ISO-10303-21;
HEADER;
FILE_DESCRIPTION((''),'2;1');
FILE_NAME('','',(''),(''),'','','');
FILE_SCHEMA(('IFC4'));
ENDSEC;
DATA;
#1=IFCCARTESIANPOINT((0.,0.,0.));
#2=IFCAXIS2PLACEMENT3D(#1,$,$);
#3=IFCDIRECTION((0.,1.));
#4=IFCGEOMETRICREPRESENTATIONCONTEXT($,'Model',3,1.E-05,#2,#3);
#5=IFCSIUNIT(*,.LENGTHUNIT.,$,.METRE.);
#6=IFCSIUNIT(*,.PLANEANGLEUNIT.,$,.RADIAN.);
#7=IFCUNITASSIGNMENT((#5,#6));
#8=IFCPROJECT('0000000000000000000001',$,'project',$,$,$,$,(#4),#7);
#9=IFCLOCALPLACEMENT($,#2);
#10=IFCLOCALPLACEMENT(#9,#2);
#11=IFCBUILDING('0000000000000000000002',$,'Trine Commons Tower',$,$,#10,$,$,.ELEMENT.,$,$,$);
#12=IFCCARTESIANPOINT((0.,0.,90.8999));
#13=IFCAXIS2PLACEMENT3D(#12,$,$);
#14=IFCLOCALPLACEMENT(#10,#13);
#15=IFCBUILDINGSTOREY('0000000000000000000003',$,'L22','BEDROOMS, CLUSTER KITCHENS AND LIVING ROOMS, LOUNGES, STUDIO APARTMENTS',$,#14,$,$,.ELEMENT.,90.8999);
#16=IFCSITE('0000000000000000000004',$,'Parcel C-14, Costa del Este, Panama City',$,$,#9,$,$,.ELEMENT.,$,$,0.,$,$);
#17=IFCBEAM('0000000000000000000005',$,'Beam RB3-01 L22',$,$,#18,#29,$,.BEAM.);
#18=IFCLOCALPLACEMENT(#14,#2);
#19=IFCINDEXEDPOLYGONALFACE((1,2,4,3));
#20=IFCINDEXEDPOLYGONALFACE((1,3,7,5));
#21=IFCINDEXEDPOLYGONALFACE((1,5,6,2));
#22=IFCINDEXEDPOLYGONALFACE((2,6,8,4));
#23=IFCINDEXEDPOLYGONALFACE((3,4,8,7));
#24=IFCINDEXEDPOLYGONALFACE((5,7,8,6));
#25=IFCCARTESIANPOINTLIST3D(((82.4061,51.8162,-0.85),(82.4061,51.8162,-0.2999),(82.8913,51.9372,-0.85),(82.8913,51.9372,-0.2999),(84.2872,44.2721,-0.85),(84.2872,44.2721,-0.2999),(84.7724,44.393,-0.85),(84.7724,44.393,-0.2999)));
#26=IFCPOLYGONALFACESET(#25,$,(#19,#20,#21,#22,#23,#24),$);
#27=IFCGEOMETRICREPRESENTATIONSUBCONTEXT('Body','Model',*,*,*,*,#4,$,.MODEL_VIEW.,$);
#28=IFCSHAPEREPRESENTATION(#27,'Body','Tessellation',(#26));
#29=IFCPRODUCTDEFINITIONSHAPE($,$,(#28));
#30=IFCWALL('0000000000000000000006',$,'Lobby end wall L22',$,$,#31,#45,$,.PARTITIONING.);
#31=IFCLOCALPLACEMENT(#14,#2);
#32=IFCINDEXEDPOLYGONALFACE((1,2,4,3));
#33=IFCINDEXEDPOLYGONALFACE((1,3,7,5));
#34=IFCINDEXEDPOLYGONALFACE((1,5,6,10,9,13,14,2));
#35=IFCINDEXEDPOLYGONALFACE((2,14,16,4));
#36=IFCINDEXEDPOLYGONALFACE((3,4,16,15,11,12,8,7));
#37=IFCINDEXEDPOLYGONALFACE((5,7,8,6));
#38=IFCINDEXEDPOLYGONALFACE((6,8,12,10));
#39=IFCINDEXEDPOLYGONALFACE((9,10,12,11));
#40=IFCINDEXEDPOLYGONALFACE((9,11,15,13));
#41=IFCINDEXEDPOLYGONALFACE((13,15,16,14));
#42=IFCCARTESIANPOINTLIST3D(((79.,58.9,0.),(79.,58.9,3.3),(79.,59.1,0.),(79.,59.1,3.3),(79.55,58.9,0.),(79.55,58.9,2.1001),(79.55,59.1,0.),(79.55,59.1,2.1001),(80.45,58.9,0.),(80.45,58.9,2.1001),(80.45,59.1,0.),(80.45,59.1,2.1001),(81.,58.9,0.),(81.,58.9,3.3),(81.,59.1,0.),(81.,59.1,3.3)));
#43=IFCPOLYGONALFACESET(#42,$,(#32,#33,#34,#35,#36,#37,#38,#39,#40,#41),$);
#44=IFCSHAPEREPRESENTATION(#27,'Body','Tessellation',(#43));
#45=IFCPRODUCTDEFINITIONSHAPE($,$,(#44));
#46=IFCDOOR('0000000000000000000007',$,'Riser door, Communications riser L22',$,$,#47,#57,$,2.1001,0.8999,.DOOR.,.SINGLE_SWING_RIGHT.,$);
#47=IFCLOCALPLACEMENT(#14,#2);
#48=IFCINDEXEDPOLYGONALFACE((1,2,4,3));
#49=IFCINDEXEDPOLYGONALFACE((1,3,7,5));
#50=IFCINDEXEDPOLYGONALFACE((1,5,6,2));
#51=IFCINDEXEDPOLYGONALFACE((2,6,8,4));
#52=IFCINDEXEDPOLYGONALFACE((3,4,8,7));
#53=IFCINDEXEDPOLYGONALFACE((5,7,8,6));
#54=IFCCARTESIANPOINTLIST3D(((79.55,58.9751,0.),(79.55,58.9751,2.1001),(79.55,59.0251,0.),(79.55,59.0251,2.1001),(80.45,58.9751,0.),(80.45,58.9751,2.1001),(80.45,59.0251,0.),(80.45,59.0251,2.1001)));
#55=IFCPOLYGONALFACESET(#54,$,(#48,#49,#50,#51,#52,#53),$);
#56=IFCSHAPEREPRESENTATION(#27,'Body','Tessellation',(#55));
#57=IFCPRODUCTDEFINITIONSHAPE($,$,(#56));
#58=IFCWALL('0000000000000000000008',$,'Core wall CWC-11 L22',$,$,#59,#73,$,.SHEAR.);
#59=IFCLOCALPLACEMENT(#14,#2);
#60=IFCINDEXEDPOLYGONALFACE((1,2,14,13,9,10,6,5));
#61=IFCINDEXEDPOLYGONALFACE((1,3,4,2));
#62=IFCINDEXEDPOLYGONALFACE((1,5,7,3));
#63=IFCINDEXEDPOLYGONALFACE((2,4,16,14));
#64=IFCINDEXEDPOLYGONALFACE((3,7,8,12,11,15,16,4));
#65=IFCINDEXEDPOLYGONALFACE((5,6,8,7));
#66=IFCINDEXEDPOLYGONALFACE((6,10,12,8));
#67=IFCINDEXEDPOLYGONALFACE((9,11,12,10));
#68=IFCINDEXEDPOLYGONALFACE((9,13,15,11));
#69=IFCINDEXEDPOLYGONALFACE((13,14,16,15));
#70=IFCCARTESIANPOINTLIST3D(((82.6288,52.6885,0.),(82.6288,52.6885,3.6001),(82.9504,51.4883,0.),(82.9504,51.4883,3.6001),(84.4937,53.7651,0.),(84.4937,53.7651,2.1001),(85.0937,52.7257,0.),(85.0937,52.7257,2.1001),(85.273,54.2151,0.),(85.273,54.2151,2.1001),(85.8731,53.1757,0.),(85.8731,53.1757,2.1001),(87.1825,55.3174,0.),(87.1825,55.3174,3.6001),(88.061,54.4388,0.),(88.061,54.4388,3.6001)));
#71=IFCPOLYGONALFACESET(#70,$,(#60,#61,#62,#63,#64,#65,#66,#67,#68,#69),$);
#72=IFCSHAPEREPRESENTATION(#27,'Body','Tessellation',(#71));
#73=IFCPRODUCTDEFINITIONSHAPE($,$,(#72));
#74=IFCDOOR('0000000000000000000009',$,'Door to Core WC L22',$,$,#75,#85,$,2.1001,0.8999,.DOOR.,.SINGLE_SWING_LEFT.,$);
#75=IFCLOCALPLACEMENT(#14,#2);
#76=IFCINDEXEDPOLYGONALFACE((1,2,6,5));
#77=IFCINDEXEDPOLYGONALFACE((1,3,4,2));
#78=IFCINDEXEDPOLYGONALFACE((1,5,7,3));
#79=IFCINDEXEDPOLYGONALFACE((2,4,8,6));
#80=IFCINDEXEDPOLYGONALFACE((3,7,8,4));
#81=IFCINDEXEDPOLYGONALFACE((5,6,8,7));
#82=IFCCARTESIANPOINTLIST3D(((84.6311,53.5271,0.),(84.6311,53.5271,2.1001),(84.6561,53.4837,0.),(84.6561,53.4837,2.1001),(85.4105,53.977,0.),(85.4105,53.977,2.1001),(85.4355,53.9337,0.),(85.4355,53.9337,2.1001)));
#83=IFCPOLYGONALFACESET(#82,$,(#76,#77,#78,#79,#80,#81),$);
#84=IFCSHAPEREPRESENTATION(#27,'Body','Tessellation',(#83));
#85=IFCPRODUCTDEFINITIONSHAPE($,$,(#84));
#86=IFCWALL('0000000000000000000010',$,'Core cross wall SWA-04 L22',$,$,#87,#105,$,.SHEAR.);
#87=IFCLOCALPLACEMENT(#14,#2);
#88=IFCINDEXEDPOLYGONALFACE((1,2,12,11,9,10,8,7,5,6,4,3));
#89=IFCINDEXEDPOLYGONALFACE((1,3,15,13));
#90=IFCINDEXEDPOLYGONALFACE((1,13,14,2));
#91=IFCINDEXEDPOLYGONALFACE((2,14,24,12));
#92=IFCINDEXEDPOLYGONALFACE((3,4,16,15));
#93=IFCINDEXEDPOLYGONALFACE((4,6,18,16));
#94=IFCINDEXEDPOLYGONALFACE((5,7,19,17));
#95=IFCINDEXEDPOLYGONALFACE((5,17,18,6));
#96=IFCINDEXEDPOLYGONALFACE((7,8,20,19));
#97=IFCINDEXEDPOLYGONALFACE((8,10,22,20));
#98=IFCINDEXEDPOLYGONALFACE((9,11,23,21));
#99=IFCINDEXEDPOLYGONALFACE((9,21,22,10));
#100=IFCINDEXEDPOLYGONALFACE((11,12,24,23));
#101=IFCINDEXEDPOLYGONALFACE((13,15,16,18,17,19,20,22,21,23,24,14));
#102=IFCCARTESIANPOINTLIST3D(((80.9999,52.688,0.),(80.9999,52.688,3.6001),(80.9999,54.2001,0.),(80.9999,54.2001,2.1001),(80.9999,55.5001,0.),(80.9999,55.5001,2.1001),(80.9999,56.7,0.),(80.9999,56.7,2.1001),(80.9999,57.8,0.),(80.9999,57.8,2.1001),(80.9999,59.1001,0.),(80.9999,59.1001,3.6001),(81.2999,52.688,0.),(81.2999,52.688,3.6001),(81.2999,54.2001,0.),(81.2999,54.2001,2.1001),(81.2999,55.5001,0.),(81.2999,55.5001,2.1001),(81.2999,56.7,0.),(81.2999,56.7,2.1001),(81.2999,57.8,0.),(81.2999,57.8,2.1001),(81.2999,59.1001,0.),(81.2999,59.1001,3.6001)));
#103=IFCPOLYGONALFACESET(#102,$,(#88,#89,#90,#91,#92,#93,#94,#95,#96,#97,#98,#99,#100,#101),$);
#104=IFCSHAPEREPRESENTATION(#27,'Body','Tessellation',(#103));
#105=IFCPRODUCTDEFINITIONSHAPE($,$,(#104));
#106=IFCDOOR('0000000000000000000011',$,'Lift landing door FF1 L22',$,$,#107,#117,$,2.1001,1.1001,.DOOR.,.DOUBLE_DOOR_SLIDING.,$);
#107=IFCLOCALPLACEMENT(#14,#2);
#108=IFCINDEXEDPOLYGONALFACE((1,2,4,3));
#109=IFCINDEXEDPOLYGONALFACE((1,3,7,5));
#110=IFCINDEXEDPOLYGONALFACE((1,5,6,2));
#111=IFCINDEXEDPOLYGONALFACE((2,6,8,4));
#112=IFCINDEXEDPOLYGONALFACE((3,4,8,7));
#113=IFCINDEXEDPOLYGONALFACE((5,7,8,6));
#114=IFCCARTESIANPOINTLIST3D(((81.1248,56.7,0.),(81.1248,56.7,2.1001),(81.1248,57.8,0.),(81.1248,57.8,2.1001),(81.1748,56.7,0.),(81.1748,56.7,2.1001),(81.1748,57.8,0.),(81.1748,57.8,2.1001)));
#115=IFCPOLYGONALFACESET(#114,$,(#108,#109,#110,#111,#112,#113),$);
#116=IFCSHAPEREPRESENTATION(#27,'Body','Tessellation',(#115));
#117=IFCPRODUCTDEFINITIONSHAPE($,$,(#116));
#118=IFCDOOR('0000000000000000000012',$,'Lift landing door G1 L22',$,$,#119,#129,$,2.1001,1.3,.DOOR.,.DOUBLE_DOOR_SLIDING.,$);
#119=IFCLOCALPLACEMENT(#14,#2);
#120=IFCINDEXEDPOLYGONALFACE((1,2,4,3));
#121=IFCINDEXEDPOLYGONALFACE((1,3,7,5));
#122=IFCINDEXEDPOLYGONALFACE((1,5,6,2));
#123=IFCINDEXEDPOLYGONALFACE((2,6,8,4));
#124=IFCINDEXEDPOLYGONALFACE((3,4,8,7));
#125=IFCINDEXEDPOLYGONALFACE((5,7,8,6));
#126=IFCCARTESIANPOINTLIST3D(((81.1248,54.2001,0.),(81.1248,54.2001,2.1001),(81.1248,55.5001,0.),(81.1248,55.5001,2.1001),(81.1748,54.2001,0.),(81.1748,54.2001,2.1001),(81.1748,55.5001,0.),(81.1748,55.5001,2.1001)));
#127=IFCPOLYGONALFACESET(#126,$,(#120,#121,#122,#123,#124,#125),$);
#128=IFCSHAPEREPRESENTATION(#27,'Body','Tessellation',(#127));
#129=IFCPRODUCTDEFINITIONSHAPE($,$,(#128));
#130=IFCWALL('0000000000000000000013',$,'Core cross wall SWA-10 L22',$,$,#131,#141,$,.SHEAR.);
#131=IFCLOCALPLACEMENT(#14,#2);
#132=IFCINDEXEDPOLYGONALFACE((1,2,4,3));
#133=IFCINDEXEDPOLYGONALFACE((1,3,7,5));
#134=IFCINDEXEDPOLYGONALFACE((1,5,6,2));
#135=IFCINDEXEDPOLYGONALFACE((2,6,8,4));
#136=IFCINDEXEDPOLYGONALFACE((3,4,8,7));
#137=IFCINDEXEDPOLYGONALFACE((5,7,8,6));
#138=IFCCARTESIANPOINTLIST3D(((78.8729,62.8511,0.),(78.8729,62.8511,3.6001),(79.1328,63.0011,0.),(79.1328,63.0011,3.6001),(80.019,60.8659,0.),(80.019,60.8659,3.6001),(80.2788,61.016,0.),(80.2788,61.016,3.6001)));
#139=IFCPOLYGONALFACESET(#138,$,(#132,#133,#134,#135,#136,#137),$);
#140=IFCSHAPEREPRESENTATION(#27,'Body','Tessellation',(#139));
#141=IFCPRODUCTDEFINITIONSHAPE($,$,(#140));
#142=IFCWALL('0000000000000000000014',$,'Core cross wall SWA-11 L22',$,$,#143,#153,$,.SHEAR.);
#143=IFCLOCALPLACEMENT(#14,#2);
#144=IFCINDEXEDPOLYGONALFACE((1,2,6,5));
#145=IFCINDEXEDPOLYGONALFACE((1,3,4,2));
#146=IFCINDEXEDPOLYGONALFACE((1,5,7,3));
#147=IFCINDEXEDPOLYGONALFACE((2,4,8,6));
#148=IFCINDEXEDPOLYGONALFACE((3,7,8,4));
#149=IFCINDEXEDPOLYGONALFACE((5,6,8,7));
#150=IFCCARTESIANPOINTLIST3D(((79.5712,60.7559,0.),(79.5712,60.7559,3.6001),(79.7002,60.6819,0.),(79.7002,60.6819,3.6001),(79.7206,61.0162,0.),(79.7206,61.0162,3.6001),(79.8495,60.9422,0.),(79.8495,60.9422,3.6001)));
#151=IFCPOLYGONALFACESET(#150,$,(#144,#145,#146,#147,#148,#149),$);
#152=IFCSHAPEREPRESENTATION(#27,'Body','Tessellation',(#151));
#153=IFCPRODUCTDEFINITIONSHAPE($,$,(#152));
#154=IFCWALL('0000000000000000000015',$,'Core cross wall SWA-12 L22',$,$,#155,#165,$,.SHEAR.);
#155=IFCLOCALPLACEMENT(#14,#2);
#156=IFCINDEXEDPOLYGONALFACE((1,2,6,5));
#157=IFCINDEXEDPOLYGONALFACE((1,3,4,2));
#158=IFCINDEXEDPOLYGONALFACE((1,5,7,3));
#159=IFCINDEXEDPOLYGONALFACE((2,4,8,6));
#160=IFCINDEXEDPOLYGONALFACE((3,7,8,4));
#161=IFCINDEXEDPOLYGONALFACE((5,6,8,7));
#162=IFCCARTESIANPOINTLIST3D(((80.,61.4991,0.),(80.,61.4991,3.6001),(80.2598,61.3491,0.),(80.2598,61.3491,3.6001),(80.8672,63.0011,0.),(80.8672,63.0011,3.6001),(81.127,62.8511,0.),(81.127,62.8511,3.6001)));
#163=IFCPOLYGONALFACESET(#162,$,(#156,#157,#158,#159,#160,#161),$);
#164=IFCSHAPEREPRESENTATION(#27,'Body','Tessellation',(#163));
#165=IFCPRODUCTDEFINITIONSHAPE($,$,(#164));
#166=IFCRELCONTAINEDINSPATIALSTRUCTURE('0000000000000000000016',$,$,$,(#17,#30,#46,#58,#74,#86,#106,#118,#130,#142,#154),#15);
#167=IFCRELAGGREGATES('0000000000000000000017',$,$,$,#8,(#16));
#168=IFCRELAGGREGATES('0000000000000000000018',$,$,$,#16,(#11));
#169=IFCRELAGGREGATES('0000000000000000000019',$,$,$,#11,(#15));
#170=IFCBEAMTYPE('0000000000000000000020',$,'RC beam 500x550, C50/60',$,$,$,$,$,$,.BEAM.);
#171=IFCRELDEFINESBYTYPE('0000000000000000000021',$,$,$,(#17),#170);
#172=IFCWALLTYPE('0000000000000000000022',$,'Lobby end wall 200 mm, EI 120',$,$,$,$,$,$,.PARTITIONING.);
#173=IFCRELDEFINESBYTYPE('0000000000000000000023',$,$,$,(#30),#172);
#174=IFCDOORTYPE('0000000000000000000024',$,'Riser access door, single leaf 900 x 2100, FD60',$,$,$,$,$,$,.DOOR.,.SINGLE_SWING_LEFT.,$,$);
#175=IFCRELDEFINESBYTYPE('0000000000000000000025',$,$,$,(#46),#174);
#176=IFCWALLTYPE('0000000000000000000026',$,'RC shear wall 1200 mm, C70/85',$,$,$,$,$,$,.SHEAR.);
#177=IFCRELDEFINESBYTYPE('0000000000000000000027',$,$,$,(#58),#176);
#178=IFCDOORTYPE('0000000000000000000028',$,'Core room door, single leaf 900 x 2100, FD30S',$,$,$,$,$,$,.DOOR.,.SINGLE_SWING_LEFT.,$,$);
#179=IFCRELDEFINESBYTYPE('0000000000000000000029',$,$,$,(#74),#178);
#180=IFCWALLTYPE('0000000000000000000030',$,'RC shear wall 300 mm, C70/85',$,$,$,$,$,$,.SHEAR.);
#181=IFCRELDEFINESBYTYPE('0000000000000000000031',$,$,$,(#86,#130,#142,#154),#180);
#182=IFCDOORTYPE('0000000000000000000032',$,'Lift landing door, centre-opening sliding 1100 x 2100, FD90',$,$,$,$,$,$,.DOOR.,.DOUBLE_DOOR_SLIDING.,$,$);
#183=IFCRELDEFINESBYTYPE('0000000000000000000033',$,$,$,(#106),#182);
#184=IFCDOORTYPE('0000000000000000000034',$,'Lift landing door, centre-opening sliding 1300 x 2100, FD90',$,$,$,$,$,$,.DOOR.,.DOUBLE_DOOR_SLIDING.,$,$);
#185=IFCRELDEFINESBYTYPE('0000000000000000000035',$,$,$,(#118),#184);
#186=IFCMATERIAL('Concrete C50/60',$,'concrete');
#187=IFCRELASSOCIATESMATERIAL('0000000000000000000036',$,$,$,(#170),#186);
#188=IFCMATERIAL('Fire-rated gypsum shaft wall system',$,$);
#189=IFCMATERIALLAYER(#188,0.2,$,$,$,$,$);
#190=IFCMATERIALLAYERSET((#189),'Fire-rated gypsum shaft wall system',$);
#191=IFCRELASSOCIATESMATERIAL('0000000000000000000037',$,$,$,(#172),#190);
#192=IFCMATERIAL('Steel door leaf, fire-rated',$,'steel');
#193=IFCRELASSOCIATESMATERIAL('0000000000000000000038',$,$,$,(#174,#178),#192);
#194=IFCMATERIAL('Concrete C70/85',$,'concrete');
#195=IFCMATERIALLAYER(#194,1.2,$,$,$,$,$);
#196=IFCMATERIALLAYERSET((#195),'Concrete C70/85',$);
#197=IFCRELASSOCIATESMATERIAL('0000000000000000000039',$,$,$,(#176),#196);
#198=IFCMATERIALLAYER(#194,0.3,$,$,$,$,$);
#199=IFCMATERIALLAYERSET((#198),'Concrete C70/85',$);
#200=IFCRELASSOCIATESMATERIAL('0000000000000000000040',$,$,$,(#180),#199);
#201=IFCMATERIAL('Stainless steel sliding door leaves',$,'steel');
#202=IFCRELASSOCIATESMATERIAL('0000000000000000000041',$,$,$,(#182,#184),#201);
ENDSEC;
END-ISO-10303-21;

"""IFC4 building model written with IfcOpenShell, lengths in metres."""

from ifc_helpers import new_model, si_unit, direction, frame, frame_2d, origin, origin_2d, place, context, subcontext, project, spatial, polyline, rectangle, outline, extrude, material, layer, layer_set, material_profile, profile_set, type_object, element, fill, save


model = new_model("IFC4")

# Units and contexts
model_context = context("Model", 3, precision=1e-05, world=origin(), true_north=direction((0.0, 1.0)))
body_context = subcontext(model_context, "Body", "Model", "MODEL_VIEW")
ifc_project = project(units=[si_unit("LENGTHUNIT", "METRE"), si_unit("PLANEANGLEUNIT", "RADIAN")], contexts=[model_context])

# Site, building, storey
site_placement = place(None, origin())
site = spatial("IfcSite", under=ifc_project, at=site_placement, Name="Parcel C-14, Costa del Este, Panama City", CompositionType="ELEMENT", RefElevation=0.0)
building_placement = place(site_placement, origin())
building = spatial("IfcBuilding", under=site, at=building_placement, Name="Trine Commons Tower", CompositionType="ELEMENT")
storey_placement = place(building_placement, frame((0.0, 0.0, 90.8999)))
storey = spatial("IfcBuildingStorey", under=building, at=storey_placement, Name="L22", Description="BEDROOMS, CLUSTER KITCHENS AND LIVING ROOMS, LOUNGES, STUDIO APARTMENTS", CompositionType="ELEMENT", Elevation=90.8999)

# Beam
ifc_material_1 = material(Name="Concrete C50/60", Category="concrete")
ifc_material_profile = material_profile(ifc_material_1, rectangle(XDim=0.5, YDim=0.55, at=origin_2d()), Name="RC 500x550")
ifc_profile_set = profile_set([ifc_material_profile], Name="Concrete C50/60")
beam_type = type_object("IfcBeamType", Name="RC beam 500x550, C50/60", PredefinedType="BEAM", material=ifc_profile_set)
beam_placement = place(storey_placement, frame((82.6487, 51.8767, -0.575), z_axis=(0.241937, -0.970292, 0.0), x_axis=(0.970292, 0.241937, 0.0)))
element("IfcBeam", 1, at=beam_placement, inside=storey, type_object=beam_type, Name="Beam RB3-01 L22", PredefinedType="BEAM", context=body_context, shape_type="SweptSolid", body=[
    extrude(rectangle(XDim=0.5, YDim=0.55, at=origin_2d()), origin(), (0.0, 0.0, 1.0), 7.7751),
])

# Walls, openings, doors
ifc_material_2 = material(Name="Fire-rated gypsum shaft wall system")
ifc_layer_1 = layer(ifc_material_2, 0.2)
ifc_layer_set_1 = layer_set([ifc_layer_1], Name="Fire-rated gypsum shaft wall system")
wall_type_1 = type_object("IfcWallType", Name="Lobby end wall 200 mm, EI 120", PredefinedType="PARTITIONING", material=ifc_layer_set_1)
wall_1_placement = place(storey_placement, frame((79.0, 59.0, 0.0), z_axis=(0.0, 0.0, 1.0), x_axis=(1.0, 0.0, 0.0)))
wall_1 = element("IfcWall", 2, at=wall_1_placement, inside=storey, type_object=wall_type_1, Name="Lobby end wall L22", PredefinedType="PARTITIONING", context=body_context, shape_type="SweptSolid", body=[
    extrude(rectangle(XDim=2.0, YDim=0.2, at=frame_2d((1.0, 0.0))), origin(), (0.0, 0.0, 1.0), 3.3),
])
opening_1_placement = place(wall_1_placement, frame((0.55, 0.0, 0.0)))
opening_1 = element("IfcOpeningElement", 3, at=opening_1_placement, cuts=wall_1, PredefinedType="OPENING", context=body_context, shape_type="SweptSolid", body=[
    extrude(rectangle(XDim=0.8999, YDim=2.1001, at=frame_2d((0.45, 1.05))), frame((0.0, 0.1099, 0.0), z_axis=(0.0, -1.0, 0.0), x_axis=(1.0, 0.0, 0.0)), (0.0, 0.0, 1.0), 0.22),
])
ifc_material_3 = material(Name="Steel door leaf, fire-rated", Category="steel")
door_type_1 = type_object("IfcDoorType", Name="Riser access door, single leaf 900 x 2100, FD60", OperationType="SINGLE_SWING_LEFT", PredefinedType="DOOR", material=ifc_material_3)
door_1_placement = place(opening_1_placement, frame((0.8999, 0.0, 0.0), z_axis=(0.0, 0.0, 1.0), x_axis=(-1.0, 0.0, 0.0)))
door_1 = element("IfcDoor", 4, at=door_1_placement, inside=storey, type_object=door_type_1, Name="Riser door, Communications riser L22", OperationType="SINGLE_SWING_RIGHT", OverallHeight=2.1001, OverallWidth=0.8999, PredefinedType="DOOR", context=body_context, shape_type="SweptSolid", body=[
    extrude(rectangle(XDim=0.8999, YDim=2.1001, at=frame_2d((0.45, 1.05))), frame((0.0, 0.0249, 0.0), z_axis=(0.0, -1.0, 0.0), x_axis=(1.0, 0.0, 0.0)), (0.0, 0.0, 1.0), 0.05),
])
fill(opening_1, door_1)
ifc_material_4 = material(Name="Concrete C70/85", Category="concrete")
ifc_layer_2 = layer(ifc_material_4, 1.2)
ifc_layer_set_2 = layer_set([ifc_layer_2], Name="Concrete C70/85")
wall_type_2 = type_object("IfcWallType", Name="RC shear wall 1200 mm, C70/85", PredefinedType="SHEAR", material=ifc_layer_set_2)
wall_2_placement = place(storey_placement, frame((82.6504, 52.0081, 0.0), z_axis=(0.0, 0.0, 1.0), x_axis=(0.866037, 0.499979, 0.0)))
wall_2 = element("IfcWall", 5, at=wall_2_placement, inside=storey, type_object=wall_type_2, Name="Core wall CWC-11 L22", PredefinedType="SHEAR", context=body_context, shape_type="SweptSolid", body=[
    extrude(outline(polyline([(0.0, -0.6001), (5.9011, -0.6001), (5.5796, 0.6001), (0.3215, 0.6001), (0.0, -0.6001)])), origin(), (0.0, 0.0, 1.0), 3.6001),
])
opening_2_placement = place(wall_2_placement, frame((2.4749, 0.0, 0.0)))
opening_2 = element("IfcOpeningElement", 6, at=opening_2_placement, cuts=wall_2, PredefinedType="OPENING", context=body_context, shape_type="SweptSolid", body=[
    extrude(rectangle(XDim=0.8999, YDim=2.1001, at=frame_2d((0.45, 1.05))), frame((0.0, 0.6099, 0.0), z_axis=(0.0, -1.0, 0.0), x_axis=(1.0, 0.0, 0.0)), (0.0, 0.0, 1.0), 1.22),
])
door_type_2 = type_object("IfcDoorType", Name="Core room door, single leaf 900 x 2100, FD30S", OperationType="SINGLE_SWING_LEFT", PredefinedType="DOOR", material=ifc_material_3)
door_2_placement = place(opening_2_placement, origin())
door_2 = element("IfcDoor", 7, at=door_2_placement, inside=storey, type_object=door_type_2, Name="Door to Core WC L22", OperationType="SINGLE_SWING_LEFT", OverallHeight=2.1001, OverallWidth=0.8999, PredefinedType="DOOR", context=body_context, shape_type="SweptSolid", body=[
    extrude(rectangle(XDim=0.8999, YDim=2.1001, at=frame_2d((0.45, 1.05))), frame((0.0, 0.3252, 0.0), z_axis=(0.0, -1.0, 0.0), x_axis=(1.0, 0.0, 0.0)), (0.0, 0.0, 1.0), 0.05),
])
fill(opening_2, door_2)

# Wall, openings, doors
ifc_layer_3 = layer(ifc_material_4, 0.3)
ifc_layer_set_3 = layer_set([ifc_layer_3], Name="Concrete C70/85")
wall_type_3 = type_object("IfcWallType", Name="RC shear wall 300 mm, C70/85", PredefinedType="SHEAR", material=ifc_layer_set_3)
wall_3_placement = place(storey_placement, frame((81.1499, 59.1001, 0.0), z_axis=(0.0, 0.0, 1.0), x_axis=(0.0, -1.0, 0.0)))
wall_3 = element("IfcWall", 8, at=wall_3_placement, inside=storey, type_object=wall_type_3, Name="Core cross wall SWA-04 L22", PredefinedType="SHEAR", context=body_context, shape_type="SweptSolid", body=[
    extrude(rectangle(XDim=6.4121, YDim=0.3, at=frame_2d((3.2061, 0.0))), origin(), (0.0, 0.0, 1.0), 3.6001),
])
opening_3_placement = place(wall_3_placement, frame((3.6001, 0.0, 0.0)))
opening_3 = element("IfcOpeningElement", 9, at=opening_3_placement, cuts=wall_3, PredefinedType="OPENING", context=body_context, shape_type="SweptSolid", body=[
    extrude(rectangle(XDim=1.3, YDim=2.1001, at=frame_2d((0.6499, 1.05))), frame((0.0, 0.1599, 0.0), z_axis=(0.0, -1.0, 0.0), x_axis=(1.0, 0.0, 0.0)), (0.0, 0.0, 1.0), 0.3201),
])
opening_4_placement = place(wall_3_placement, frame((1.3, 0.0, 0.0)))
opening_4 = element("IfcOpeningElement", 10, at=opening_4_placement, cuts=wall_3, PredefinedType="OPENING", context=body_context, shape_type="SweptSolid", body=[
    extrude(rectangle(XDim=1.1001, YDim=2.1001, at=frame_2d((0.55, 1.05))), frame((0.0, 0.1599, 0.0), z_axis=(0.0, -1.0, 0.0), x_axis=(1.0, 0.0, 0.0)), (0.0, 0.0, 1.0), 0.3201),
])
ifc_material_5 = material(Name="Stainless steel sliding door leaves", Category="steel")
door_type_3 = type_object("IfcDoorType", Name="Lift landing door, centre-opening sliding 1100 x 2100, FD90", OperationType="DOUBLE_DOOR_SLIDING", PredefinedType="DOOR", material=ifc_material_5)
door_3_placement = place(opening_4_placement, origin())
door_3 = element("IfcDoor", 11, at=door_3_placement, inside=storey, type_object=door_type_3, Name="Lift landing door FF1 L22", OperationType="DOUBLE_DOOR_SLIDING", OverallHeight=2.1001, OverallWidth=1.1001, PredefinedType="DOOR", context=body_context, shape_type="SweptSolid", body=[
    extrude(rectangle(XDim=1.1001, YDim=2.1001, at=frame_2d((0.55, 1.05))), frame((0.0, 0.0249, 0.0), z_axis=(0.0, -1.0, 0.0), x_axis=(1.0, 0.0, 0.0)), (0.0, 0.0, 1.0), 0.05),
])
fill(opening_4, door_3)
door_type_4 = type_object("IfcDoorType", Name="Lift landing door, centre-opening sliding 1300 x 2100, FD90", OperationType="DOUBLE_DOOR_SLIDING", PredefinedType="DOOR", material=ifc_material_5)
door_4_placement = place(opening_3_placement, origin())
door_4 = element("IfcDoor", 12, at=door_4_placement, inside=storey, type_object=door_type_4, Name="Lift landing door G1 L22", OperationType="DOUBLE_DOOR_SLIDING", OverallHeight=2.1001, OverallWidth=1.3, PredefinedType="DOOR", context=body_context, shape_type="SweptSolid", body=[
    extrude(rectangle(XDim=1.3, YDim=2.1001, at=frame_2d((0.6499, 1.05))), frame((0.0, 0.0249, 0.0), z_axis=(0.0, -1.0, 0.0), x_axis=(1.0, 0.0, 0.0)), (0.0, 0.0, 1.0), 0.05),
])
fill(opening_3, door_4)

# Walls
wall_4_placement = place(storey_placement, frame((79.0029, 62.926, 0.0), z_axis=(0.0, 0.0, 1.0), x_axis=(0.499965, -0.866045, 0.0)))
element("IfcWall", 13, at=wall_4_placement, inside=storey, type_object=wall_type_3, Name="Core cross wall SWA-10 L22", PredefinedType="SHEAR", context=body_context, shape_type="SweptSolid", body=[
    extrude(rectangle(XDim=2.2922, YDim=0.3, at=frame_2d((1.146, 0.0))), origin(), (0.0, 0.0, 1.0), 3.6001),
])
wall_5_placement = place(storey_placement, frame((79.646, 60.886, 0.0), z_axis=(0.0, 0.0, 1.0), x_axis=(0.867332, -0.49773, 0.0)))
element("IfcWall", 14, at=wall_5_placement, inside=storey, type_object=wall_type_3, Name="Core cross wall SWA-11 L22", PredefinedType="SHEAR", context=body_context, shape_type="SweptSolid", body=[
    extrude(rectangle(XDim=0.1487, YDim=0.3, at=frame_2d((0.0742, 0.0))), origin(), (0.0, 0.0, 1.0), 3.6001),
])
wall_6_placement = place(storey_placement, frame((80.1299, 61.4241, 0.0), z_axis=(0.0, 0.0, 1.0), x_axis=(0.500015, 0.866017, 0.0)))
element("IfcWall", 15, at=wall_6_placement, inside=storey, type_object=wall_type_3, Name="Core cross wall SWA-12 L22", PredefinedType="SHEAR", context=body_context, shape_type="SweptSolid", body=[
    extrude(rectangle(XDim=1.7344, YDim=0.3, at=frame_2d((0.8672, 0.0))), origin(), (0.0, 0.0, 1.0), 3.6001),
])

save(model, "model.ifc")
